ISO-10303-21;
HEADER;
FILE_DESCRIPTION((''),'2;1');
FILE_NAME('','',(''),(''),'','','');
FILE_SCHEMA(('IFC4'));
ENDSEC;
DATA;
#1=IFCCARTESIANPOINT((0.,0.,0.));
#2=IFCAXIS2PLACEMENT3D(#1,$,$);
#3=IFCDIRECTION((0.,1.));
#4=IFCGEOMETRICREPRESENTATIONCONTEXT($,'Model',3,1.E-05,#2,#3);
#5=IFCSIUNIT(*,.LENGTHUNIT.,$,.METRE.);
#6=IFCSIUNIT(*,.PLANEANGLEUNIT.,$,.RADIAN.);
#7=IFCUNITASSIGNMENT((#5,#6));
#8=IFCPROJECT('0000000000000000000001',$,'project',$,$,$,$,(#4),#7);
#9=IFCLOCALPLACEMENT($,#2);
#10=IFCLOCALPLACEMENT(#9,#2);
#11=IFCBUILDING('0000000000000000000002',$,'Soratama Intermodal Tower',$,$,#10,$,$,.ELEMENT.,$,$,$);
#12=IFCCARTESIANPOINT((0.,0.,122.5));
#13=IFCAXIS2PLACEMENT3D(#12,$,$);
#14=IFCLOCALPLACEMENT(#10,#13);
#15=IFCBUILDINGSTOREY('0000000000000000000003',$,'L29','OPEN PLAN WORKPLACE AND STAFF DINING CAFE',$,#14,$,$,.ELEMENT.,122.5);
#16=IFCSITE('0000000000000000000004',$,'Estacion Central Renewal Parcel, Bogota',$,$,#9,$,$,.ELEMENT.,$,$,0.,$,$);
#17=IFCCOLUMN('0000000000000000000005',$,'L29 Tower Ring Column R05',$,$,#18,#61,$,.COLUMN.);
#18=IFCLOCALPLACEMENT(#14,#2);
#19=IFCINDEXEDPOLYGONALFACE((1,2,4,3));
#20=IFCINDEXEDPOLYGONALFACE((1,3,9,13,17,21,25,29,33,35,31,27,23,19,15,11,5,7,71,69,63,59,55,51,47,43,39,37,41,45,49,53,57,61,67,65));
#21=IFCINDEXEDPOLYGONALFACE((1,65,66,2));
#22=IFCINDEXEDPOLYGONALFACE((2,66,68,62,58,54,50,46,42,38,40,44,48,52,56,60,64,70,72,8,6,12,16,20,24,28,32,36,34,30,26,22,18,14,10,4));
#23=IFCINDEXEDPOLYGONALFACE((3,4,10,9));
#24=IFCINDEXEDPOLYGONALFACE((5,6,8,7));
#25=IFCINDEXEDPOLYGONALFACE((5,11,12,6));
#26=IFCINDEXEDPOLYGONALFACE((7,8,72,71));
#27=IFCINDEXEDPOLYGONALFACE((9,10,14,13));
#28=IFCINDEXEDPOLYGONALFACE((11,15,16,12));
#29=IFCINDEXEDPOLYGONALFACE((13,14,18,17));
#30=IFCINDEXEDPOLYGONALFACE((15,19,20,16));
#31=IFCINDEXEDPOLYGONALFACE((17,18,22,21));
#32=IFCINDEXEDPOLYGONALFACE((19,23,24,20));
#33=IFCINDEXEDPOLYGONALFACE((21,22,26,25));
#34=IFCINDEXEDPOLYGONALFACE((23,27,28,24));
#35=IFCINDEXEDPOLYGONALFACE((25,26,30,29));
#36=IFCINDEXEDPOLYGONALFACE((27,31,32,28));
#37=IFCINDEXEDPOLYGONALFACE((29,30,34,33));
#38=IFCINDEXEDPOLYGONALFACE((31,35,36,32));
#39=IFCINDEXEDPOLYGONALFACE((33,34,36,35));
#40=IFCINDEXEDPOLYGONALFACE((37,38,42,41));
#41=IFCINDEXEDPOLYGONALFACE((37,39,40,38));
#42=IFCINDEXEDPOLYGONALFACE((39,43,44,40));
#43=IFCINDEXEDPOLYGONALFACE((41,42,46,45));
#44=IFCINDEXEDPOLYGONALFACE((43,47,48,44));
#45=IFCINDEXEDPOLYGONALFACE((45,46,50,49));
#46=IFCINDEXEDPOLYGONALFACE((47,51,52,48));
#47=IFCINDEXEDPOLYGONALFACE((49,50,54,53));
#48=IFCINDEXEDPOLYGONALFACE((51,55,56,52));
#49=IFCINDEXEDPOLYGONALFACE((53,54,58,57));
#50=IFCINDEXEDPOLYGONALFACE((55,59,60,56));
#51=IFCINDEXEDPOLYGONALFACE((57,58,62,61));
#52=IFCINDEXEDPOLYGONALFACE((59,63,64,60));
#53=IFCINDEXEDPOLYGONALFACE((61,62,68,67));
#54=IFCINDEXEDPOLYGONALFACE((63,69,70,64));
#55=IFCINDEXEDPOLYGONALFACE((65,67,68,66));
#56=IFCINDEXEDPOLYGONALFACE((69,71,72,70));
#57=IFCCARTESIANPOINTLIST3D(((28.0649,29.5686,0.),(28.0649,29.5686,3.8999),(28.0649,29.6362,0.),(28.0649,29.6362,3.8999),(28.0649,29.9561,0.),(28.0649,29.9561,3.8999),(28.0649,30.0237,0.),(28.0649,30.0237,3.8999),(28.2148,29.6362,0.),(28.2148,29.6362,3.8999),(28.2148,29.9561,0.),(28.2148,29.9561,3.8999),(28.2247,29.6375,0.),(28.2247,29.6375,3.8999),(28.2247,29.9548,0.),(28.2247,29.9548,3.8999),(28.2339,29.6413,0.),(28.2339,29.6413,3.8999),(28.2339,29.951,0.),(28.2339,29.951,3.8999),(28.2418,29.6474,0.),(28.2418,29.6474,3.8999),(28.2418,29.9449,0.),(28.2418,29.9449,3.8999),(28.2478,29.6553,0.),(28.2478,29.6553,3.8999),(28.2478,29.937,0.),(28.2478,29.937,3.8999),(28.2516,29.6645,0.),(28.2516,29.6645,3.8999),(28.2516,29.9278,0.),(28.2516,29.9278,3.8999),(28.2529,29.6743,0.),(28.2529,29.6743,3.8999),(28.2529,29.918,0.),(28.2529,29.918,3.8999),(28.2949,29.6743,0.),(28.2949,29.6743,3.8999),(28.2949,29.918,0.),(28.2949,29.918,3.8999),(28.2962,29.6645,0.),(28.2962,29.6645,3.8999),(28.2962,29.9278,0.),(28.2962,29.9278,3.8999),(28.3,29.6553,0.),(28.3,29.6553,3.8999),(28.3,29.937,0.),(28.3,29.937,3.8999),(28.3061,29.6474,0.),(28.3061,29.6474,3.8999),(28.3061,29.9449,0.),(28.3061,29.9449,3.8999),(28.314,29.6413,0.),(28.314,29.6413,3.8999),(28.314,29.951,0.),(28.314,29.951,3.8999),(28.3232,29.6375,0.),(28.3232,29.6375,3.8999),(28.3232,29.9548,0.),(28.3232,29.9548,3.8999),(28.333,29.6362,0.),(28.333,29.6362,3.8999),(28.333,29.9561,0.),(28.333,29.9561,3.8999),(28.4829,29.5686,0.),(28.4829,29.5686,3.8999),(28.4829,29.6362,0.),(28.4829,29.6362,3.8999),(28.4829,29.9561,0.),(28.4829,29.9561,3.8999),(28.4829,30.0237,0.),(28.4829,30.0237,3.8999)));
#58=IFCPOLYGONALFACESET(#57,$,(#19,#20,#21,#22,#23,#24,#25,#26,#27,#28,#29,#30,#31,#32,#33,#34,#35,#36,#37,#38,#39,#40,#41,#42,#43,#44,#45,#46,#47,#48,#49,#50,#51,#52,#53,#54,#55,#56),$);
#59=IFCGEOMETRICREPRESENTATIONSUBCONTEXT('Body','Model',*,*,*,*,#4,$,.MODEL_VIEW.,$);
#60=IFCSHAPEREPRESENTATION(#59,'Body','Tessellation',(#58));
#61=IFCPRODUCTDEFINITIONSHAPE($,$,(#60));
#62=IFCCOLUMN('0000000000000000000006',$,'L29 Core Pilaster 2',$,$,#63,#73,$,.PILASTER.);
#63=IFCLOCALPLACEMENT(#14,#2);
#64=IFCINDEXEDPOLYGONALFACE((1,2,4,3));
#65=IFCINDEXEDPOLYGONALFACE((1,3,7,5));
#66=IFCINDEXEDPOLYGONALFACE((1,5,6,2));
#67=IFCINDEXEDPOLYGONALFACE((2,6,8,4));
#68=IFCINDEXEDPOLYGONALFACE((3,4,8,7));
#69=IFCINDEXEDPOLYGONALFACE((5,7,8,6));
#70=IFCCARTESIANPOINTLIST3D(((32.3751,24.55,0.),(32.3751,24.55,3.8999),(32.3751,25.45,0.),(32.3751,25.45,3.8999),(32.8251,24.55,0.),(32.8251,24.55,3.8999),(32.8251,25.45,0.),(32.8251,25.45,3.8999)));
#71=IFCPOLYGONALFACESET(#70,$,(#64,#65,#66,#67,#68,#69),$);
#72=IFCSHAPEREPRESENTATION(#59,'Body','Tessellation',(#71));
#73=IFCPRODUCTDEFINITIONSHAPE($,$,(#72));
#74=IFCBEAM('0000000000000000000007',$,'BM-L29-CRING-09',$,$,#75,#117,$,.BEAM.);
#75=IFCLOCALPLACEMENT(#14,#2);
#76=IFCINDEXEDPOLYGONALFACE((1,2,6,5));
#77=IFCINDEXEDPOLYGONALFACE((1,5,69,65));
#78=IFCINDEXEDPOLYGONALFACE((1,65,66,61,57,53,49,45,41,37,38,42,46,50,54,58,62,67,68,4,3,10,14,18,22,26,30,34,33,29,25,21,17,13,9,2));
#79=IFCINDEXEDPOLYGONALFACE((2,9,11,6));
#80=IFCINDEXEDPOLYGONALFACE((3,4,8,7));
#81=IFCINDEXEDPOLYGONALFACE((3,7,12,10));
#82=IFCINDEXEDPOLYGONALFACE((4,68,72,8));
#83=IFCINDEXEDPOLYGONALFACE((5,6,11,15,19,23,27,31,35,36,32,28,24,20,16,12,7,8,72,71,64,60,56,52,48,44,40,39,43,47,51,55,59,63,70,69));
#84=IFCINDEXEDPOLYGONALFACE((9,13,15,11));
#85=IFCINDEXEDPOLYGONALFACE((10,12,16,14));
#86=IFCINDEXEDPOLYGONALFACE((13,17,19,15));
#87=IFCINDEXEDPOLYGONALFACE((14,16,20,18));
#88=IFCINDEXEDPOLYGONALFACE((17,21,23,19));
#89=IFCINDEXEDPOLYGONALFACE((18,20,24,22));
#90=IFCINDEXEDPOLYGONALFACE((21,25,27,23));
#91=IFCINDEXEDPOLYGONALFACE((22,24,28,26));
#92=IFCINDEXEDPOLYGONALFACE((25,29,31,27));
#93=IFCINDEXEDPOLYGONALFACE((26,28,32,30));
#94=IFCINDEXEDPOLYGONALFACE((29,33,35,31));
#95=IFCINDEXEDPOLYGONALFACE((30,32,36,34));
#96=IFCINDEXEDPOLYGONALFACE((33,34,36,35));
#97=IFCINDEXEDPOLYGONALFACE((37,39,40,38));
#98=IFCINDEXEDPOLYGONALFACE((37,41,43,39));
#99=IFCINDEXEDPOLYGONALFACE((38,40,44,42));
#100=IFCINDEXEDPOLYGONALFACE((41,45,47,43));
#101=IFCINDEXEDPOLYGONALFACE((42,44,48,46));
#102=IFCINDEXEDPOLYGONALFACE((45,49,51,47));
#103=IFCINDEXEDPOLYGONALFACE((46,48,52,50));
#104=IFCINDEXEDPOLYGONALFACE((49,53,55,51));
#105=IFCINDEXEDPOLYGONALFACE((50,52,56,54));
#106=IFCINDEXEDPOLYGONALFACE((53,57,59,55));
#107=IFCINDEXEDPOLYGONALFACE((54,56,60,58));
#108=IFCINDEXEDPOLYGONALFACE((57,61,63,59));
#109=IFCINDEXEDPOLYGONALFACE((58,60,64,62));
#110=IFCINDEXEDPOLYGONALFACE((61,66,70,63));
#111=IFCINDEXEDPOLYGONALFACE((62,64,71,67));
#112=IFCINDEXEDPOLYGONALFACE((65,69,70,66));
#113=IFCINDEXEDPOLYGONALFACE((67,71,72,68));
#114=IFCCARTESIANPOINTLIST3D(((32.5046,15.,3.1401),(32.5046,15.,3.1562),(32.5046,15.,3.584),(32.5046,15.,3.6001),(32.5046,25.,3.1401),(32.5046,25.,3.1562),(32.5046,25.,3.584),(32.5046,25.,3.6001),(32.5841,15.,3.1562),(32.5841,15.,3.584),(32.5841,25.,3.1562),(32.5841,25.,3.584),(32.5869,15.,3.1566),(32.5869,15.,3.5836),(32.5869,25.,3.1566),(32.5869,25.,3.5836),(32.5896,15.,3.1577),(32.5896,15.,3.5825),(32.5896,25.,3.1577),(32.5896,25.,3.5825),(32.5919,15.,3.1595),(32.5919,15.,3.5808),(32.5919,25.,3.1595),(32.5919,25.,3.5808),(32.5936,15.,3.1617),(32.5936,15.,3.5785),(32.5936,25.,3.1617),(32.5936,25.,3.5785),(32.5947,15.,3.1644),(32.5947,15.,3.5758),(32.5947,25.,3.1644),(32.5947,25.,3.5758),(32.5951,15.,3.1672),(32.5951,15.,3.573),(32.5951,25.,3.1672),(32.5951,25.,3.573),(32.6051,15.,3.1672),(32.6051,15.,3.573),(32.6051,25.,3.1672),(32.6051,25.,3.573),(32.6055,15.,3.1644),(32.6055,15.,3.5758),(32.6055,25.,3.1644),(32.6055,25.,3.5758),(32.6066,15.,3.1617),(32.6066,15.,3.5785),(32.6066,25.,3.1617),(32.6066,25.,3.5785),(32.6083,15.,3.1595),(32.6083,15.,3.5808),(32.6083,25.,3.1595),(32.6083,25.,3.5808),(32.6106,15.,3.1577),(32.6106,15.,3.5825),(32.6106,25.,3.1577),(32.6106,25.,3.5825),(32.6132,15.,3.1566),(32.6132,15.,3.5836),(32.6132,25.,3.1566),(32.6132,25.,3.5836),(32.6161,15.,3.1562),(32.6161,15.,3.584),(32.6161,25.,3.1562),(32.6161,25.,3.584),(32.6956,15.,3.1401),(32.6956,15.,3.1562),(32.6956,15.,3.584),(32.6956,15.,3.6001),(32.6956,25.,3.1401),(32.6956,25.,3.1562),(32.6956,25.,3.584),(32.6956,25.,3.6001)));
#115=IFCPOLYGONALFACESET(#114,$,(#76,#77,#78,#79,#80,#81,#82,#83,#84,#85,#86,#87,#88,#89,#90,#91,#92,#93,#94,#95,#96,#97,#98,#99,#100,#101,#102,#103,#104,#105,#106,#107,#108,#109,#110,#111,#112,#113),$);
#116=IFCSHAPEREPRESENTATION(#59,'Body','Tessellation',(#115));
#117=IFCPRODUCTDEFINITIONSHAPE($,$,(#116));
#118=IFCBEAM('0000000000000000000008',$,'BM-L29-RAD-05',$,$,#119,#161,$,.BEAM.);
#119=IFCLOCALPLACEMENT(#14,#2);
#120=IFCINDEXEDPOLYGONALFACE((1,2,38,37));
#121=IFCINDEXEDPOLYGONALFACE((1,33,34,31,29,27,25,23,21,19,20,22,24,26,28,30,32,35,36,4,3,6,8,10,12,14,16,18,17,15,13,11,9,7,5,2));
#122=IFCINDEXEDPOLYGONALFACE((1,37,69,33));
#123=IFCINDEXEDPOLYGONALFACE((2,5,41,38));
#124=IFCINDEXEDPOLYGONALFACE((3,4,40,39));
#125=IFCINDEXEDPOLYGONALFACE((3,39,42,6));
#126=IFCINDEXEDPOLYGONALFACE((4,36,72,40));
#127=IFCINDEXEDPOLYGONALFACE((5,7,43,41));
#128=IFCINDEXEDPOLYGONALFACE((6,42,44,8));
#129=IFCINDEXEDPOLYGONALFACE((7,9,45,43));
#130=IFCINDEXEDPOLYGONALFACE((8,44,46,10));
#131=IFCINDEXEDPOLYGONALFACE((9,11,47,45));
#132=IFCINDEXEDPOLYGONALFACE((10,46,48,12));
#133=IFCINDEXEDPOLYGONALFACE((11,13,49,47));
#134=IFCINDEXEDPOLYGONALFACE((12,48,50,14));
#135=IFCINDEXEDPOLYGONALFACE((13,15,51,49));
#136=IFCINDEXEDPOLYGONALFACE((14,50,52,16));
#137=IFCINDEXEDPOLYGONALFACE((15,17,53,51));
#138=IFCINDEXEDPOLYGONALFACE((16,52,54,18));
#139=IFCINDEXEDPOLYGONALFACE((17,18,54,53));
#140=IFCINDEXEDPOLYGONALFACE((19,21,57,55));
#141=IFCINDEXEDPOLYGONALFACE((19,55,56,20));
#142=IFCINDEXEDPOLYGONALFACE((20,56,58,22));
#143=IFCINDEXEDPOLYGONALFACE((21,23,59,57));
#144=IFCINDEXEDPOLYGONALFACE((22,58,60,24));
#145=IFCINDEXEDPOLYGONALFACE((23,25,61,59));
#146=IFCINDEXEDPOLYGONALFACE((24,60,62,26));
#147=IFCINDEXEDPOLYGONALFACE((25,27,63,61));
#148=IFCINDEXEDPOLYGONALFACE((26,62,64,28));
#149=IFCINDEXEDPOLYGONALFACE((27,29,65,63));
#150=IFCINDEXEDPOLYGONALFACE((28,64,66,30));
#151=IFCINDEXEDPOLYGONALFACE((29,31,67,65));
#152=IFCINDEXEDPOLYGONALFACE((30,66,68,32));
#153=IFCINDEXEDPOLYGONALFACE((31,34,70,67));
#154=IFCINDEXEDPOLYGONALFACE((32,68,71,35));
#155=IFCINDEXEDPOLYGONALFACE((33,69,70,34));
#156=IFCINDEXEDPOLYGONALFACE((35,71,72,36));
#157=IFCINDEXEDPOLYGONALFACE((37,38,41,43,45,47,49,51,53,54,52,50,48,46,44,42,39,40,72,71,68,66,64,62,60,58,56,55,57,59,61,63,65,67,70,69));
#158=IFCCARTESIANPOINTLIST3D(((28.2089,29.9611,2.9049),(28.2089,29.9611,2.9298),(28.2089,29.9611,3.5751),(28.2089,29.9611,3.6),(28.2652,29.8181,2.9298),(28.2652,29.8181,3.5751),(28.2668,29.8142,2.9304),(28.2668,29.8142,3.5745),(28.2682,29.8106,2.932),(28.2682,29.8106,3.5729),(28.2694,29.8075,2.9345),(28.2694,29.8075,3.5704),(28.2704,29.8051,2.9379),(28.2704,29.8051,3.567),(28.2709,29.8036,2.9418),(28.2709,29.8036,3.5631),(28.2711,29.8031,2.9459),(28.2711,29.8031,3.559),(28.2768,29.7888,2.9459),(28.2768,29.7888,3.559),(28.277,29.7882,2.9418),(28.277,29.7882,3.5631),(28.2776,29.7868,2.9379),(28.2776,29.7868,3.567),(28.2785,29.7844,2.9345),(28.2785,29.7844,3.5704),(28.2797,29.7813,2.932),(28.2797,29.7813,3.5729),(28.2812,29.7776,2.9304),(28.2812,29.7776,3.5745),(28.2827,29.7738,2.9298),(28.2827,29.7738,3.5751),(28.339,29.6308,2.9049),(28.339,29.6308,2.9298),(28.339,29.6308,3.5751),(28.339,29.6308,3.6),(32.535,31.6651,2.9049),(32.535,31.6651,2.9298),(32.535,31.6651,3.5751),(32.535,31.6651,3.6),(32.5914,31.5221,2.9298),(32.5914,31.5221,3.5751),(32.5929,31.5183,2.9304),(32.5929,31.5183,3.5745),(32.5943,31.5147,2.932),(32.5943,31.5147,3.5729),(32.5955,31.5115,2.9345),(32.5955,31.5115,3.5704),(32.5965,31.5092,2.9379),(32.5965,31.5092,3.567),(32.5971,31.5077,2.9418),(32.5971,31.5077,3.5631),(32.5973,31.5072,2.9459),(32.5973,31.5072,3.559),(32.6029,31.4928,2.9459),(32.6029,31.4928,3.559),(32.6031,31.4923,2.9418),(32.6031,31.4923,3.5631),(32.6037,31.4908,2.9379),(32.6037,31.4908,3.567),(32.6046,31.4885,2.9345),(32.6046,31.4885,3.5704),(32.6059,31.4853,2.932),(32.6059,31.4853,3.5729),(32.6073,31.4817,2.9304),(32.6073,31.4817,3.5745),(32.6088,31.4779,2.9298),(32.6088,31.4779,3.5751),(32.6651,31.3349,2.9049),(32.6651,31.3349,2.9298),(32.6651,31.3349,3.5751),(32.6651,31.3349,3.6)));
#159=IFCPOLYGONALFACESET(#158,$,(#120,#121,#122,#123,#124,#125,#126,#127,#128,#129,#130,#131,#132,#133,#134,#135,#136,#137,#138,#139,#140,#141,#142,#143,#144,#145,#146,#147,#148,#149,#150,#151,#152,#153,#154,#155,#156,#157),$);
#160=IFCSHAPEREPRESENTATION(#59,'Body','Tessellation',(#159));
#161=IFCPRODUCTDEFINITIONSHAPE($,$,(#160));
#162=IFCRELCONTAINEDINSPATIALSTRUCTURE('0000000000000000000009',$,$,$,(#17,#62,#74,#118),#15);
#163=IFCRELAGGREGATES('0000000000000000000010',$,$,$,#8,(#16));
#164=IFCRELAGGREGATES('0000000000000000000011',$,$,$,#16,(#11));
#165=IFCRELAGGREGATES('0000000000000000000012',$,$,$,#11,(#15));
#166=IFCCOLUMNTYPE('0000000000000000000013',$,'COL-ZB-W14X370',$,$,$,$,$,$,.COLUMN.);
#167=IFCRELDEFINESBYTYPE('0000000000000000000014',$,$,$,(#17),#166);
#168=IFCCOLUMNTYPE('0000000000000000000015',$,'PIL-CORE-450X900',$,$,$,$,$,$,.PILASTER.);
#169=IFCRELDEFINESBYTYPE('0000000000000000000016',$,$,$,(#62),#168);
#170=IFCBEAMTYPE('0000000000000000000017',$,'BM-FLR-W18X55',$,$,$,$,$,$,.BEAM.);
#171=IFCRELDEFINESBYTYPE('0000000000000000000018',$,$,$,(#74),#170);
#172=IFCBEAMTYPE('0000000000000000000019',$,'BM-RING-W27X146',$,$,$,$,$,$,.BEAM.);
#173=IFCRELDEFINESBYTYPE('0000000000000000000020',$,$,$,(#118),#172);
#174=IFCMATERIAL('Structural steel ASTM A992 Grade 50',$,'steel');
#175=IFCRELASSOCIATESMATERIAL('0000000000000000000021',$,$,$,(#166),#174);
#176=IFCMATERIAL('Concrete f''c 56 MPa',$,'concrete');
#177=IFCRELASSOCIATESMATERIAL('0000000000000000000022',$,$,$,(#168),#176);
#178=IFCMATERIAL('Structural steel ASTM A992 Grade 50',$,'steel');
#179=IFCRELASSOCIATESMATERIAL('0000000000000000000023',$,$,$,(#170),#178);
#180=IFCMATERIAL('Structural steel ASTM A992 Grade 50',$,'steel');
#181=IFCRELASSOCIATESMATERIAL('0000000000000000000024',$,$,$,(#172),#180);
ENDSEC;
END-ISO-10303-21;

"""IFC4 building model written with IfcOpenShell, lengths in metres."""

from ifc_helpers import new_model, si_unit, direction, frame, origin, origin_2d, place, context, subcontext, project, spatial, rectangle, i_section, extrude, material, material_profile, profile_set, type_object, element, save


model = new_model("IFC4")

# Units and contexts
model_context = context("Model", 3, precision=1e-05, world=origin(), true_north=direction((0.0, 1.0)))
body_context = subcontext(model_context, "Body", "Model", "MODEL_VIEW")
ifc_project = project(units=[si_unit("LENGTHUNIT", "METRE"), si_unit("PLANEANGLEUNIT", "RADIAN")], contexts=[model_context])

# Site, building, storey
site_placement = place(None, origin())
site = spatial("IfcSite", under=ifc_project, at=site_placement, Name="Estacion Central Renewal Parcel, Bogota", CompositionType="ELEMENT", RefElevation=0.0)
building_placement = place(site_placement, origin())
building = spatial("IfcBuilding", under=site, at=building_placement, Name="Soratama Intermodal Tower", CompositionType="ELEMENT")
storey_placement = place(building_placement, frame((0.0, 0.0, 122.5)))
storey = spatial("IfcBuildingStorey", under=building, at=storey_placement, Name="L29", Description="OPEN PLAN WORKPLACE AND STAFF DINING CAFE", CompositionType="ELEMENT", Elevation=122.5)

# Columns
ifc_material_1 = material(Name="Structural steel ASTM A992 Grade 50", Category="steel")
ifc_material_profile_1 = material_profile(ifc_material_1, i_section(OverallWidth=0.418, OverallDepth=0.4551, WebThickness=0.042, FlangeThickness=0.0676, FilletRadius=0.0381, at=origin_2d()), Name="W14X370")
ifc_profile_set_1 = profile_set([ifc_material_profile_1], Name="Structural steel ASTM A992 Grade 50")
column_type_1 = type_object("IfcColumnType", Name="COL-ZB-W14X370", PredefinedType="COLUMN", material=ifc_profile_set_1)
column_1_placement = place(storey_placement, frame((28.2739, 29.7961, 0.0), z_axis=(0.0, 0.0, 1.0), x_axis=(1.0, 0.0, 0.0)))
element("IfcColumn", 1, at=column_1_placement, inside=storey, type_object=column_type_1, Name="L29 Tower Ring Column R05", PredefinedType="COLUMN", context=body_context, shape_type="SweptSolid", body=[
    extrude(i_section(OverallWidth=0.418, OverallDepth=0.4551, WebThickness=0.042, FlangeThickness=0.0676, FilletRadius=0.0381, at=origin_2d()), origin(), (0.0, 0.0, 1.0), 3.8999),
])
ifc_material_2 = material(Name="Concrete f'c 56 MPa", Category="concrete")
ifc_material_profile_2 = material_profile(ifc_material_2, rectangle(XDim=0.45, YDim=0.8999, at=origin_2d()), Name="RC450X900")
ifc_profile_set_2 = profile_set([ifc_material_profile_2], Name="Concrete f'c 56 MPa")
column_type_2 = type_object("IfcColumnType", Name="PIL-CORE-450X900", PredefinedType="PILASTER", material=ifc_profile_set_2)
column_2_placement = place(storey_placement, frame((32.6001, 25.0, 0.0), z_axis=(0.0, 0.0, 1.0), x_axis=(1.0, 0.0, 0.0)))
element("IfcColumn", 2, at=column_2_placement, inside=storey, type_object=column_type_2, Name="L29 Core Pilaster 2", PredefinedType="PILASTER", context=body_context, shape_type="SweptSolid", body=[
    extrude(rectangle(XDim=0.45, YDim=0.8999, at=origin_2d()), origin(), (0.0, 0.0, 1.0), 3.8999),
])

# Beams
ifc_material_3 = material(Name="Structural steel ASTM A992 Grade 50", Category="steel")
ifc_material_profile_3 = material_profile(ifc_material_3, i_section(OverallWidth=0.1909, OverallDepth=0.46, WebThickness=0.01, FlangeThickness=0.0161, FilletRadius=0.011, at=origin_2d()), Name="W18X55")
ifc_profile_set_3 = profile_set([ifc_material_profile_3], Name="Structural steel ASTM A992 Grade 50")
beam_type_1 = type_object("IfcBeamType", Name="BM-FLR-W18X55", PredefinedType="BEAM", material=ifc_profile_set_3)
beam_1_placement = place(storey_placement, frame((32.6001, 25.0, 3.3701), z_axis=(0.0, -1.0, 0.0), x_axis=(1.0, 0.0, 0.0)))
element("IfcBeam", 3, at=beam_1_placement, inside=storey, type_object=beam_type_1, Name="BM-L29-CRING-09", PredefinedType="BEAM", context=body_context, shape_type="SweptSolid", body=[
    extrude(i_section(OverallWidth=0.1909, OverallDepth=0.46, WebThickness=0.01, FlangeThickness=0.0161, FilletRadius=0.011, at=origin_2d()), origin(), (0.0, 0.0, 1.0), 10.0),
])
ifc_material_4 = material(Name="Structural steel ASTM A992 Grade 50", Category="steel")
ifc_material_profile_4 = material_profile(ifc_material_4, i_section(OverallWidth=0.355, OverallDepth=0.6951, WebThickness=0.0154, FlangeThickness=0.0249, FilletRadius=0.0161, at=origin_2d()), Name="W27X146")
ifc_profile_set_4 = profile_set([ifc_material_profile_4], Name="Structural steel ASTM A992 Grade 50")
beam_type_2 = type_object("IfcBeamType", Name="BM-RING-W27X146", PredefinedType="BEAM", material=ifc_profile_set_4)
beam_2_placement = place(storey_placement, frame((32.6001, 31.5, 3.2524), z_axis=(-0.930419, -0.366497, 0.0), x_axis=(0.366497, -0.930419, 0.0)))
element("IfcBeam", 4, at=beam_2_placement, inside=storey, type_object=beam_type_2, Name="BM-L29-RAD-05", PredefinedType="BEAM", context=body_context, shape_type="SweptSolid", body=[
    extrude(i_section(OverallWidth=0.355, OverallDepth=0.6951, WebThickness=0.0154, FlangeThickness=0.0249, FilletRadius=0.0161, at=origin_2d()), origin(), (0.0, 0.0, 1.0), 4.6497),
])

save(model, "model.ifc")
